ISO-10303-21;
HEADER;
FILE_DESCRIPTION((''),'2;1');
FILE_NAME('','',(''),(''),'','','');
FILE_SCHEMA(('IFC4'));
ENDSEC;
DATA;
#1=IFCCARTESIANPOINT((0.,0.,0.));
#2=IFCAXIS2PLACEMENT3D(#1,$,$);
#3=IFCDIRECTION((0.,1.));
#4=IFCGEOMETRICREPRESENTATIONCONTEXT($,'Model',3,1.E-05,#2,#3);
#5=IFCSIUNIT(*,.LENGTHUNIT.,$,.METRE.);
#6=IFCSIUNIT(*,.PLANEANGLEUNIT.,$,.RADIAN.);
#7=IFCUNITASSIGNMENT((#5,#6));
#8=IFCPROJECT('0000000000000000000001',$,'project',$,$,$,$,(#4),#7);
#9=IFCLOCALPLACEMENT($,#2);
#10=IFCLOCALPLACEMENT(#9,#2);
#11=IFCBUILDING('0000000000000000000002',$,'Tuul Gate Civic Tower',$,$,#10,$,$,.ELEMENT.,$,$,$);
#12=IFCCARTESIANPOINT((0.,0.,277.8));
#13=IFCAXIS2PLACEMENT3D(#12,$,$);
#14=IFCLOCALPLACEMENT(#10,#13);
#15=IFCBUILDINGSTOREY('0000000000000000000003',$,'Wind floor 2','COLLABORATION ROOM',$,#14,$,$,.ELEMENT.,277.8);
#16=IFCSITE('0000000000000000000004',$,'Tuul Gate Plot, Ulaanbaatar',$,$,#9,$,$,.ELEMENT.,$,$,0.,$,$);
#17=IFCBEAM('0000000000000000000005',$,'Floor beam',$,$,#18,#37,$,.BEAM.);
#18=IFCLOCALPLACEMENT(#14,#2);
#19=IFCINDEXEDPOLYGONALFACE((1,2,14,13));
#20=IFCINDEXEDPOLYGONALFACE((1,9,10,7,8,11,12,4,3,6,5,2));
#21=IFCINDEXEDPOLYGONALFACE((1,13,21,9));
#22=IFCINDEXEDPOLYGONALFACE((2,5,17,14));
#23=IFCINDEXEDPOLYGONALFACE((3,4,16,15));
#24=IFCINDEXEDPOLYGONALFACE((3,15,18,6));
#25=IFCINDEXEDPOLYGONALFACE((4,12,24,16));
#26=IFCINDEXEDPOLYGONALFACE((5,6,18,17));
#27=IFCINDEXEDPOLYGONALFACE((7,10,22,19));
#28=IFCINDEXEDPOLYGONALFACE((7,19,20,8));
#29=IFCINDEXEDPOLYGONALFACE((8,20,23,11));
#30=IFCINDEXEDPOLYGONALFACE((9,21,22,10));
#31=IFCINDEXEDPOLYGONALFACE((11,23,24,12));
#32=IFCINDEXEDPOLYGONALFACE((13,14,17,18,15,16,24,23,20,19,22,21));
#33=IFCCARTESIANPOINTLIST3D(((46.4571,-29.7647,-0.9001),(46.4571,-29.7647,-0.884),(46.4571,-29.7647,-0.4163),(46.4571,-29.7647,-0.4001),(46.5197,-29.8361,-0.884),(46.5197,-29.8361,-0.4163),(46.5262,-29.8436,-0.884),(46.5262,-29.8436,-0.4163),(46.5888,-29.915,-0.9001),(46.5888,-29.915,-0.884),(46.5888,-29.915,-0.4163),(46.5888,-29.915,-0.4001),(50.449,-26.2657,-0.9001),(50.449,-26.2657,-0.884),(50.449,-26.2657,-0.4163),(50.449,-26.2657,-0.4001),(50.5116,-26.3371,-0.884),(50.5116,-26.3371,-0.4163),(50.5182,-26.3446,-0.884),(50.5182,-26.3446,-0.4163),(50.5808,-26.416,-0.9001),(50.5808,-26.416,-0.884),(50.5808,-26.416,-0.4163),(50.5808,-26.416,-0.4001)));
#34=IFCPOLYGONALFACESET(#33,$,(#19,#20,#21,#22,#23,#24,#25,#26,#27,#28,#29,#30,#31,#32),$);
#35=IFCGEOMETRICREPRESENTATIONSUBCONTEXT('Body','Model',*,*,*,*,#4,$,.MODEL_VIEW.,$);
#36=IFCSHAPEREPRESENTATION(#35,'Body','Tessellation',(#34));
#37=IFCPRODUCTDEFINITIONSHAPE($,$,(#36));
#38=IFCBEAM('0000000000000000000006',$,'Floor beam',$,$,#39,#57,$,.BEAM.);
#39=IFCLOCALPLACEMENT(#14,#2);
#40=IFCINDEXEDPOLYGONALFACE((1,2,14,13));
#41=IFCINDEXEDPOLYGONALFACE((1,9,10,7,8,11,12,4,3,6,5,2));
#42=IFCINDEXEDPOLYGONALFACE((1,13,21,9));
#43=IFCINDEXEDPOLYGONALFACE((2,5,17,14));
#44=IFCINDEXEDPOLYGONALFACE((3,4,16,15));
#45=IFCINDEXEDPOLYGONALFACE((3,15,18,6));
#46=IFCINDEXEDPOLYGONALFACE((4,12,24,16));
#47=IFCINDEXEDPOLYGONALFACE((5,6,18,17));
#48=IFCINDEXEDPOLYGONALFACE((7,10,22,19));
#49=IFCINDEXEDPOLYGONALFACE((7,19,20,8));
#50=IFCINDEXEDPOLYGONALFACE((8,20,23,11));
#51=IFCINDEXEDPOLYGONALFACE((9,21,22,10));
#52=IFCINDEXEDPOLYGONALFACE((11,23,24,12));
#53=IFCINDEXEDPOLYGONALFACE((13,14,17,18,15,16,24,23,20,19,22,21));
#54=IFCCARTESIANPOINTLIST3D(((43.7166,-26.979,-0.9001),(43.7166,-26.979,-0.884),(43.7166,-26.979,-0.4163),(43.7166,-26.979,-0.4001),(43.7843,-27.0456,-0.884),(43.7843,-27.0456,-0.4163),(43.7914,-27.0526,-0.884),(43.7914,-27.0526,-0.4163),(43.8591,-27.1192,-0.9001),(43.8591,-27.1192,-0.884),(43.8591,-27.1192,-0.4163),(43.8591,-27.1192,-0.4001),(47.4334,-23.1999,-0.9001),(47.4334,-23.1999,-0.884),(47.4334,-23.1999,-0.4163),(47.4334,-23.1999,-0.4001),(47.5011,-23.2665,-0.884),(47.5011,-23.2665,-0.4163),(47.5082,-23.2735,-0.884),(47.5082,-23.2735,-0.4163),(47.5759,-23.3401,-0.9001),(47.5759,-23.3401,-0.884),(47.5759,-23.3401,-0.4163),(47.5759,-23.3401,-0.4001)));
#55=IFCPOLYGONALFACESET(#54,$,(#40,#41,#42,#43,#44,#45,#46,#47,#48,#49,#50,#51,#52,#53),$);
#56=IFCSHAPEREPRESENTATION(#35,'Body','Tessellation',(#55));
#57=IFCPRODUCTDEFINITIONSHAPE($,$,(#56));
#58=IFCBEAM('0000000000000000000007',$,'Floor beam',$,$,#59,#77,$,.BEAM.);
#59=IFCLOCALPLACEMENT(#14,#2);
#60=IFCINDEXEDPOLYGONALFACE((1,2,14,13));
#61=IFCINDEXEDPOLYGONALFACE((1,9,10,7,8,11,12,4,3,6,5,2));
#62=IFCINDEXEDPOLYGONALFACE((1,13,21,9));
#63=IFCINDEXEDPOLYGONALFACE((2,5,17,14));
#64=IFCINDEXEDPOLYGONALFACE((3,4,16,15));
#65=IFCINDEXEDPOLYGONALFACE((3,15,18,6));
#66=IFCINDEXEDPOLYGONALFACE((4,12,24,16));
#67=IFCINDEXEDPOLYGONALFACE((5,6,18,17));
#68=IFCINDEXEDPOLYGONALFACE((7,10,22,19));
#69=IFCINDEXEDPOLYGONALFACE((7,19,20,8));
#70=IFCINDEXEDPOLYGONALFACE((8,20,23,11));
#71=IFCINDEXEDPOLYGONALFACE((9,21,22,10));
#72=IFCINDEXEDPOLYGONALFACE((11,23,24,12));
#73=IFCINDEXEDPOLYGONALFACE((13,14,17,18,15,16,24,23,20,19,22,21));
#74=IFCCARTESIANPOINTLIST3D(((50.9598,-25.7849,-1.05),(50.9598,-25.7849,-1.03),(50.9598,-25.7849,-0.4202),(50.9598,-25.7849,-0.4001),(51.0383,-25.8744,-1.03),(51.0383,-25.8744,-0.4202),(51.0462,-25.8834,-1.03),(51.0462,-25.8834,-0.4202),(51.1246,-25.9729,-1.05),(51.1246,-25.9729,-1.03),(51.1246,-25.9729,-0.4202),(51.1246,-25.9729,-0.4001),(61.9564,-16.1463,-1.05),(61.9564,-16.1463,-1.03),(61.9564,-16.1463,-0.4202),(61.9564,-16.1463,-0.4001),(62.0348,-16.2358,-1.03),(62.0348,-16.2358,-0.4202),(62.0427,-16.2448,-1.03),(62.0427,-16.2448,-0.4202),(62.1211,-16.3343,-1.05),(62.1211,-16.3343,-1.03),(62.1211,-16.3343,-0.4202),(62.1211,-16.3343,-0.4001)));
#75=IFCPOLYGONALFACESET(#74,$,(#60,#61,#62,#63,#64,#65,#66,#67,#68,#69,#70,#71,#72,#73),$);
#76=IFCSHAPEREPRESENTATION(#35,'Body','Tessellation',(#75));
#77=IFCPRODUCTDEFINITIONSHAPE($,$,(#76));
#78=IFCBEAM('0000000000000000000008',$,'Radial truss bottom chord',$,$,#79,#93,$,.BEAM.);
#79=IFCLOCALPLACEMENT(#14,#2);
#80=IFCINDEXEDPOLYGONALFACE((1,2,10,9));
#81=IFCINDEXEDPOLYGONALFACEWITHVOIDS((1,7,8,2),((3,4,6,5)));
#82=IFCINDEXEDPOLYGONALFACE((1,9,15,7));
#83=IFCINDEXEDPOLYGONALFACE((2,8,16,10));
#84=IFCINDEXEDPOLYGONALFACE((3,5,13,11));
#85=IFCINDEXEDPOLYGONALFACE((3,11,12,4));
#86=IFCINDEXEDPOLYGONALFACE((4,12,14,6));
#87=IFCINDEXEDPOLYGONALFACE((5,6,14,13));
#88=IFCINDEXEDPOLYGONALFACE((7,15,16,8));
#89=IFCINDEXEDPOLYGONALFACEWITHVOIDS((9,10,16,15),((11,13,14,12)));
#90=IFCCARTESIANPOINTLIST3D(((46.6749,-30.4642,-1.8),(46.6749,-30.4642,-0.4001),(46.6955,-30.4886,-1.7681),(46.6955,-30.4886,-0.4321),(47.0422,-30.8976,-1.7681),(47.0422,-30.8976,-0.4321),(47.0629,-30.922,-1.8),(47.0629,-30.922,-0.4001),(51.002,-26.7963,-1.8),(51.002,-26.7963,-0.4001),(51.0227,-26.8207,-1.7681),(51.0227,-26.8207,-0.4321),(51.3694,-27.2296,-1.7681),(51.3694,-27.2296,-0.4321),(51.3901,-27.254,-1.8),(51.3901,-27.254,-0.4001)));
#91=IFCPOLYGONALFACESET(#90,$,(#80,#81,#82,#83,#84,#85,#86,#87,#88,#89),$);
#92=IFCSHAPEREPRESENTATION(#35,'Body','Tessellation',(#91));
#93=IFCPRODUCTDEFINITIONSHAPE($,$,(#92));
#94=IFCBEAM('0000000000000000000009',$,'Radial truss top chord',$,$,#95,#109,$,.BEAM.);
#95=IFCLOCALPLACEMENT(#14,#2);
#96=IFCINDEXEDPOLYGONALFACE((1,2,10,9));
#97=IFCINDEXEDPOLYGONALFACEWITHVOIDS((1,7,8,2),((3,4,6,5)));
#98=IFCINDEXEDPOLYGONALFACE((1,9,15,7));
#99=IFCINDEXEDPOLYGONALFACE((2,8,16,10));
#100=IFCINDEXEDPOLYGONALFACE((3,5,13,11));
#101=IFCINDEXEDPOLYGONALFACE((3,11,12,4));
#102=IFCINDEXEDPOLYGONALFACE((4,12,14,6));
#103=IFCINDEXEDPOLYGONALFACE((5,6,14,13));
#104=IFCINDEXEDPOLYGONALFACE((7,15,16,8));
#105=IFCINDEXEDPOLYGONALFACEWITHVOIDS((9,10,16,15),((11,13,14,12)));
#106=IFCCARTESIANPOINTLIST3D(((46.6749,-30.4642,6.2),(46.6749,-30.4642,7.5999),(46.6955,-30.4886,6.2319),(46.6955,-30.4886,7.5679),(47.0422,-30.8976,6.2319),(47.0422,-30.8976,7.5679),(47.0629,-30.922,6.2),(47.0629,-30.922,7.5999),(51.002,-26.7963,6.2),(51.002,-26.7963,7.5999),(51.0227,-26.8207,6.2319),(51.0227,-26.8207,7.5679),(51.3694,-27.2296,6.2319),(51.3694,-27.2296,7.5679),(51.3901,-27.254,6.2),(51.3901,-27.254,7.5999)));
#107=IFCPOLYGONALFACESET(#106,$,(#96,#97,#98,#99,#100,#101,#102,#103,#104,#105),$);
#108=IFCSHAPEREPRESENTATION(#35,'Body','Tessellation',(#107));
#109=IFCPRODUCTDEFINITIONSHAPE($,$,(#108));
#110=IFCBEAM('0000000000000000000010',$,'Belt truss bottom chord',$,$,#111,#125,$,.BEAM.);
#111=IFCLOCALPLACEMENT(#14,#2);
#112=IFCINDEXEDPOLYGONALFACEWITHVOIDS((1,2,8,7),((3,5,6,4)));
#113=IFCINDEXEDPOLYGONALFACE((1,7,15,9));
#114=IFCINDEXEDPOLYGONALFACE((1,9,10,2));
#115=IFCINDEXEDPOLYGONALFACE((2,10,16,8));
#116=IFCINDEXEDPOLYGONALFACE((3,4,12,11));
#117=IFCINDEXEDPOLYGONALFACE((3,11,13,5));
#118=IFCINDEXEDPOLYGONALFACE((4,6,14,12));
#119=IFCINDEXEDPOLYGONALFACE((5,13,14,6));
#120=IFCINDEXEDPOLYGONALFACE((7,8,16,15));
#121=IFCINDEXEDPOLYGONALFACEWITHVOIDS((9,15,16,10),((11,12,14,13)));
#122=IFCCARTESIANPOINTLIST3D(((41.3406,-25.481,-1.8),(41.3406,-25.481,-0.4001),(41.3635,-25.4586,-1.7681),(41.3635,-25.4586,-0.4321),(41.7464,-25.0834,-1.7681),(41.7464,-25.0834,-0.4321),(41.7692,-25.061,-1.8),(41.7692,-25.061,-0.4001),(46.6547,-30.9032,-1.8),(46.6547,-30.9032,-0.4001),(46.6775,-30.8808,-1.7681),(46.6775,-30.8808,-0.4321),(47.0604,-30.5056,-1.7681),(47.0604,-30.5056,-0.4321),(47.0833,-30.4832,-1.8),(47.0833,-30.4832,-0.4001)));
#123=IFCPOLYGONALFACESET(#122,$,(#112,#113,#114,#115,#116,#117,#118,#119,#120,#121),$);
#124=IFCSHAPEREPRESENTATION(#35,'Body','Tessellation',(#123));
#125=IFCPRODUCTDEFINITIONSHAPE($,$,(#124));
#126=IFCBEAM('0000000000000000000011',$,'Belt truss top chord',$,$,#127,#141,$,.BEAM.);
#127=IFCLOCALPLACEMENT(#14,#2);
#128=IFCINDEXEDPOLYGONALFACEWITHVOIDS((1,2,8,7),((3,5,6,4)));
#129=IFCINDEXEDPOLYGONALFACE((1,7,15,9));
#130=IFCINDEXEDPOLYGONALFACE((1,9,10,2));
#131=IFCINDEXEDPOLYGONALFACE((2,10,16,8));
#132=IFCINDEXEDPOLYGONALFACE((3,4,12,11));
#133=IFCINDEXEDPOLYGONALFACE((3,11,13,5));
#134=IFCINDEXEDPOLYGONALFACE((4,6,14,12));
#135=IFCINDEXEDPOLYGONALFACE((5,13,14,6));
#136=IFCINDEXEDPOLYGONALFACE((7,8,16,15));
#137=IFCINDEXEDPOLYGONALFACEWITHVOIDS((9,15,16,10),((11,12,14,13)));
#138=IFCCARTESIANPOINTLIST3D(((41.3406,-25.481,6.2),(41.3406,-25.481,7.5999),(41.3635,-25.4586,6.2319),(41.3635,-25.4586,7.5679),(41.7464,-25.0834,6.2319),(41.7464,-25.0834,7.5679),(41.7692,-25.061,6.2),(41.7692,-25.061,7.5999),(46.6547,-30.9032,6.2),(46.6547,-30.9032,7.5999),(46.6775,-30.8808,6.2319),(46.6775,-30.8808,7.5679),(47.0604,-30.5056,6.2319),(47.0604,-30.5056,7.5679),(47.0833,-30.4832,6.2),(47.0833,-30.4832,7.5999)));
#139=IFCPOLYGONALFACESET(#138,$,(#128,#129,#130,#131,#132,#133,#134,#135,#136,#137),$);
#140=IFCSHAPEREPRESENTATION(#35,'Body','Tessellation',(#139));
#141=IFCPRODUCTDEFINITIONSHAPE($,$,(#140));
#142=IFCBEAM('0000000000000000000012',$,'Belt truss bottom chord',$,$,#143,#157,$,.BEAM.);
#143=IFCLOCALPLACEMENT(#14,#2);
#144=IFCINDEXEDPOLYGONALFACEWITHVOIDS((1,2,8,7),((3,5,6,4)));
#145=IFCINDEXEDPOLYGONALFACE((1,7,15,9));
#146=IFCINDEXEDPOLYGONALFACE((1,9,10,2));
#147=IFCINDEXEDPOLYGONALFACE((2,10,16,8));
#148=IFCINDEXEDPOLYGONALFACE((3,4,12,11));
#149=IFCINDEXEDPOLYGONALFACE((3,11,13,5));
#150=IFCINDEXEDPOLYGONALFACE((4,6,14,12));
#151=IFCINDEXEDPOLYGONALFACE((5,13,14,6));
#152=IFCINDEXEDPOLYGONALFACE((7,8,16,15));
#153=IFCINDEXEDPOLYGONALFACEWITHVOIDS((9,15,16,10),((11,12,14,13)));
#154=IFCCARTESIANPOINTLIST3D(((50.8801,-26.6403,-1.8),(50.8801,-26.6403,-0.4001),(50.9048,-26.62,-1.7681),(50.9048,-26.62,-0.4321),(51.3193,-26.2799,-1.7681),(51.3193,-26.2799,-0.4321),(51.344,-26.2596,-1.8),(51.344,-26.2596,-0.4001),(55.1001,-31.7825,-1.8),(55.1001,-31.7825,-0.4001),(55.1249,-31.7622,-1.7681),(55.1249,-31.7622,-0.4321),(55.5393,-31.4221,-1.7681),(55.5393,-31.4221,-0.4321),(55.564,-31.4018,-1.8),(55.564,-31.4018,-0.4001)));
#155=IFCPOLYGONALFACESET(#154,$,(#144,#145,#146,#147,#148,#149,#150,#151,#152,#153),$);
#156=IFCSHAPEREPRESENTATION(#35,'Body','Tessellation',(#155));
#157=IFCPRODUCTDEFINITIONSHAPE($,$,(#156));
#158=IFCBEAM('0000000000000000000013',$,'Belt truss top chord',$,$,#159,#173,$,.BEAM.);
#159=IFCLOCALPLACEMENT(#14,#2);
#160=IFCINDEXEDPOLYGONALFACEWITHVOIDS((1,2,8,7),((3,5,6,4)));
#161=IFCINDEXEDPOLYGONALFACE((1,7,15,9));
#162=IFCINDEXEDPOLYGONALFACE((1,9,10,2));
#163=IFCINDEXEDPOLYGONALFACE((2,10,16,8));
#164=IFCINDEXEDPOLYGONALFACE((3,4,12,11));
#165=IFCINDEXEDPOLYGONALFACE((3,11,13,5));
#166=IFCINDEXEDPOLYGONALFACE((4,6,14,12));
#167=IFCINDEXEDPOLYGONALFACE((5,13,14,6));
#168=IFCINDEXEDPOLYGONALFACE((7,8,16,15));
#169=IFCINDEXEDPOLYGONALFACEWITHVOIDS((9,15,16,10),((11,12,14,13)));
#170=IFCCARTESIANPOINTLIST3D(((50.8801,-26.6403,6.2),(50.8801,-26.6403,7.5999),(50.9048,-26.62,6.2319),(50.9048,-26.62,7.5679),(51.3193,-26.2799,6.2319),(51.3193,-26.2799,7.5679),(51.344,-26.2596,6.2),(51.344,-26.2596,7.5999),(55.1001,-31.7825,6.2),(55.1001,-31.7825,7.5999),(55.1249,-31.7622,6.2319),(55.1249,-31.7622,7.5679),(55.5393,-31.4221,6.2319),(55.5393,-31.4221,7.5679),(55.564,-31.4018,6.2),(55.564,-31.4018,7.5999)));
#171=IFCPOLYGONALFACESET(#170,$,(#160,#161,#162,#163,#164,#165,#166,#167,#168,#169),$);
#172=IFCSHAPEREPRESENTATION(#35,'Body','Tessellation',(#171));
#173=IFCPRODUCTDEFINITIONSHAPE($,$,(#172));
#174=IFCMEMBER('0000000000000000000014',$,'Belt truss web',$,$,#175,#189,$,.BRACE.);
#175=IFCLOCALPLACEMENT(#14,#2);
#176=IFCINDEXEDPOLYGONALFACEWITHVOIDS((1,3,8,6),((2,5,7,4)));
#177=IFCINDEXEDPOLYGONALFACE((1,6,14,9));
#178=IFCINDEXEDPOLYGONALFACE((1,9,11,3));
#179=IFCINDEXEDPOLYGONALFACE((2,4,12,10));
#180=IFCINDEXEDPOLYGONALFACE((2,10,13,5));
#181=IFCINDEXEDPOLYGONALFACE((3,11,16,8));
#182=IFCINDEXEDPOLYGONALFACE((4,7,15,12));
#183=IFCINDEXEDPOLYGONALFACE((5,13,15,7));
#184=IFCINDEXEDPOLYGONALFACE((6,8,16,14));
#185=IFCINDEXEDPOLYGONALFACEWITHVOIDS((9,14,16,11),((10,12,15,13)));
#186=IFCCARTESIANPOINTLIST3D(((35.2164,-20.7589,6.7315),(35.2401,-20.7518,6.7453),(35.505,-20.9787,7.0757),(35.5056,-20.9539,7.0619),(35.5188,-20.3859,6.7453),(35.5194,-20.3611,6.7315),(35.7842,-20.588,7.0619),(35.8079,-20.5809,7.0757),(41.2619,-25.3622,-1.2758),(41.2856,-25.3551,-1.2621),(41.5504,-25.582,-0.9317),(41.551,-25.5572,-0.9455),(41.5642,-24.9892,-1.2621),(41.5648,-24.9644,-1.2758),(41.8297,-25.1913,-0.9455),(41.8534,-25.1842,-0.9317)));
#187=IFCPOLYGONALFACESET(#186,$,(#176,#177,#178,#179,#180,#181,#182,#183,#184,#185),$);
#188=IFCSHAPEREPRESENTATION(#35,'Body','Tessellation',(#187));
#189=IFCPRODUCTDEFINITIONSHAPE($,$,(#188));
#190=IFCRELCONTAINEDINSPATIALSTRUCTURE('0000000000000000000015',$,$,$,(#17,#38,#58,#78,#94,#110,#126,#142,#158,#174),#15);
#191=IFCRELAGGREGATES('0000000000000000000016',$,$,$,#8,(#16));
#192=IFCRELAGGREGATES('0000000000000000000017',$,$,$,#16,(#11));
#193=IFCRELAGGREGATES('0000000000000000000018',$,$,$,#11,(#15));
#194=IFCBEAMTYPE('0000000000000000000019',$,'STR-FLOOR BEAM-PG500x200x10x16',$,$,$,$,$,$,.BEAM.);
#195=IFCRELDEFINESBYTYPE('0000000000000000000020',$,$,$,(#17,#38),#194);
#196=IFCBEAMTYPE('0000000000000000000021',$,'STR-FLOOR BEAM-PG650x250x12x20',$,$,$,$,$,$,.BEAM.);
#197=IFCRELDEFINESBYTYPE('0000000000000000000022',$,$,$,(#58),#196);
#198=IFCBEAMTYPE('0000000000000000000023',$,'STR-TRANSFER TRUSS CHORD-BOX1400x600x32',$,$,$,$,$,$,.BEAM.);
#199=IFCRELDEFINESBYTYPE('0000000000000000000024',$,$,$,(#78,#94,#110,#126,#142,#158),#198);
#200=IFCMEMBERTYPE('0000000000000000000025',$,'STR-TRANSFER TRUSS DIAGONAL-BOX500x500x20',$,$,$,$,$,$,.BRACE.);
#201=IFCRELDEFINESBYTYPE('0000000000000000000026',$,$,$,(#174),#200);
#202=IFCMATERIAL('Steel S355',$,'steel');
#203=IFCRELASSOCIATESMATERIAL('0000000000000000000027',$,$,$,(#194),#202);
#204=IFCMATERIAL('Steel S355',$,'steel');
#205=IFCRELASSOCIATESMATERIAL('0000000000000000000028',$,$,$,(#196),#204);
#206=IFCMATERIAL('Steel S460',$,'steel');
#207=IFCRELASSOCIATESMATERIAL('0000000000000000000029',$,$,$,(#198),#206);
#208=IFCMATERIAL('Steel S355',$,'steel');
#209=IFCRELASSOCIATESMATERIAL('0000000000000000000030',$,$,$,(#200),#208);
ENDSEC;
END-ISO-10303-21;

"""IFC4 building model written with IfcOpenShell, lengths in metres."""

from ifc_helpers import new_model, si_unit, direction, frame, origin, origin_2d, place, context, subcontext, project, spatial, hollow_rectangle, i_section, extrude, material, material_profile, profile_set, type_object, element, save


model = new_model("IFC4")

# Units and contexts
model_context = context("Model", 3, precision=1e-05, world=origin(), true_north=direction((0.0, 1.0)))
body_context = subcontext(model_context, "Body", "Model", "MODEL_VIEW")
ifc_project = project(units=[si_unit("LENGTHUNIT", "METRE"), si_unit("PLANEANGLEUNIT", "RADIAN")], contexts=[model_context])

# Site, building, storey
site_placement = place(None, origin())
site = spatial("IfcSite", under=ifc_project, at=site_placement, Name="Tuul Gate Plot, Ulaanbaatar", CompositionType="ELEMENT", RefElevation=0.0)
building_placement = place(site_placement, origin())
building = spatial("IfcBuilding", under=site, at=building_placement, Name="Tuul Gate Civic Tower", CompositionType="ELEMENT")
storey_placement = place(building_placement, frame((0.0, 0.0, 277.8)))
storey = spatial("IfcBuildingStorey", under=building, at=storey_placement, Name="Wind floor 2", Description="COLLABORATION ROOM", CompositionType="ELEMENT", Elevation=277.8)

# Beams
ifc_material_1 = material(Name="Steel S355", Category="steel")
ifc_material_profile_1 = material_profile(ifc_material_1, i_section(OverallWidth=0.2, OverallDepth=0.5, WebThickness=0.01, FlangeThickness=0.0161, at=origin_2d()), Name="PG500x200x10x16")
ifc_profile_set_1 = profile_set([ifc_material_profile_1], Name="Steel S355")
beam_type_1 = type_object("IfcBeamType", Name="STR-FLOOR BEAM-PG500x200x10x16", PredefinedType="BEAM", material=ifc_profile_set_1)
beam_1_placement = place(storey_placement, frame((46.5229, -29.8398, -0.6501), z_axis=(0.752009, 0.659152, 0.0), x_axis=(-0.659152, 0.752009, 0.0)))
element("IfcBeam", 1, at=beam_1_placement, inside=storey, type_object=beam_type_1, Name="Floor beam", PredefinedType="BEAM", context=body_context, shape_type="SweptSolid", body=[
    extrude(i_section(OverallWidth=0.2, OverallDepth=0.5, WebThickness=0.01, FlangeThickness=0.0161, at=origin_2d()), origin(), (0.0, 0.0, 1.0), 5.3083),
])
beam_2_placement = place(storey_placement, frame((43.7878, -27.0491, -0.6501), z_axis=(0.70121, 0.712955, 0.0), x_axis=(-0.712955, 0.70121, 0.0)))
element("IfcBeam", 2, at=beam_2_placement, inside=storey, type_object=beam_type_1, Name="Floor beam", PredefinedType="BEAM", context=body_context, shape_type="SweptSolid", body=[
    extrude(i_section(OverallWidth=0.2, OverallDepth=0.5, WebThickness=0.01, FlangeThickness=0.0161, at=origin_2d()), origin(), (0.0, 0.0, 1.0), 5.3005),
])
ifc_material_2 = material(Name="Steel S355", Category="steel")
ifc_material_profile_2 = material_profile(ifc_material_2, i_section(OverallWidth=0.25, OverallDepth=0.6499, WebThickness=0.012, FlangeThickness=0.02, at=origin_2d()), Name="PG650x250x12x20")
ifc_profile_set_2 = profile_set([ifc_material_profile_2], Name="Steel S355")
beam_type_2 = type_object("IfcBeamType", Name="STR-FLOOR BEAM-PG650x250x12x20", PredefinedType="BEAM", material=ifc_profile_set_2)
beam_3_placement = place(storey_placement, frame((51.0422, -25.8789, -0.7251), z_axis=(0.752012, 0.65915, 0.0), x_axis=(-0.65915, 0.752012, 0.0)))
element("IfcBeam", 3, at=beam_3_placement, inside=storey, type_object=beam_type_2, Name="Floor beam", PredefinedType="BEAM", context=body_context, shape_type="SweptSolid", body=[
    extrude(i_section(OverallWidth=0.25, OverallDepth=0.6499, WebThickness=0.012, FlangeThickness=0.02, at=origin_2d()), origin(), (0.0, 0.0, 1.0), 14.6228),
])
ifc_material_3 = material(Name="Steel S460", Category="steel")
ifc_material_profile_3 = material_profile(ifc_material_3, hollow_rectangle(XDim=0.6001, YDim=1.3999, WallThickness=0.032, at=origin_2d()), Name="BOX1400x600x32")
ifc_profile_set_3 = profile_set([ifc_material_profile_3], Name="Steel S460")
beam_type_3 = type_object("IfcBeamType", Name="STR-TRANSFER TRUSS CHORD-BOX1400x600x32", PredefinedType="BEAM", material=ifc_profile_set_3)
for number, where, z_axis, x_axis, name in (
    (4, (51.196, -27.0251, -1.1001), (-0.762818, -0.646613, 0.0), (0.646613, -0.762818, 0.0), "Radial truss bottom chord"),
    (5, (51.196, -27.0251, 6.8999), (-0.762818, -0.646613, 0.0), (0.646613, -0.762818, 0.0), "Radial truss top chord"),
):
    element("IfcBeam", number, at=place(storey_placement, frame(where, z_axis=z_axis, x_axis=x_axis)), inside=storey, type_object=beam_type_3, Name=name, PredefinedType="BEAM", context=body_context, shape_type="SweptSolid", body=[
        extrude(hollow_rectangle(XDim=0.6001, YDim=1.3999, WallThickness=0.032, at=origin_2d()), origin(), (0.0, 0.0, 1.0), 5.6726),
    ])
for number, where, z_axis, x_axis, name in (
    (6, (41.5549, -25.271, -1.1001), (0.699948, -0.714194, 0.0), (0.714194, 0.699948, 0.0), "Belt truss bottom chord"),
    (7, (41.5549, -25.271, 6.8999), (0.699948, -0.714194, 0.0), (0.714194, 0.699948, 0.0), "Belt truss top chord"),
):
    element("IfcBeam", number, at=place(storey_placement, frame(where, z_axis=z_axis, x_axis=x_axis)), inside=storey, type_object=beam_type_3, Name=name, PredefinedType="BEAM", context=body_context, shape_type="SweptSolid", body=[
        extrude(hollow_rectangle(XDim=0.6001, YDim=1.3999, WallThickness=0.032, at=origin_2d()), origin(), (0.0, 0.0, 1.0), 7.592),
    ])
for number, where, z_axis, x_axis, name in (
    (8, (51.1121, -26.45, -1.1001), (0.63439, -0.773013, 0.0), (0.773013, 0.63439, 0.0), "Belt truss bottom chord"),
    (9, (51.1121, -26.45, 6.8999), (0.63439, -0.773013, 0.0), (0.773013, 0.63439, 0.0), "Belt truss top chord"),
):
    element("IfcBeam", number, at=place(storey_placement, frame(where, z_axis=z_axis, x_axis=x_axis)), inside=storey, type_object=beam_type_3, Name=name, PredefinedType="BEAM", context=body_context, shape_type="SweptSolid", body=[
        extrude(hollow_rectangle(XDim=0.6001, YDim=1.3999, WallThickness=0.032, at=origin_2d()), origin(), (0.0, 0.0, 1.0), 6.6521),
    ])

# Member
ifc_material_4 = material(Name="Steel S355", Category="steel")
ifc_material_profile_4 = material_profile(ifc_material_4, hollow_rectangle(XDim=0.5, YDim=0.5, WallThickness=0.02, at=origin_2d()), Name="BOX500x500x20")
ifc_profile_set_4 = profile_set([ifc_material_profile_4], Name="Steel S355")
member_type_1 = type_object("IfcMemberType", Name="STR-TRANSFER TRUSS DIAGONAL-BOX500x500x20", PredefinedType="BRACE", material=ifc_profile_set_4)
member_1_placement = place(storey_placement, frame((41.5576, -25.2732, -1.1038), z_axis=(-0.547653, 0.41701, 0.725382), x_axis=(-0.605814, -0.795606, 0.0)))
element("IfcMember", 10, at=member_1_placement, inside=storey, type_object=member_type_1, Name="Belt truss web", PredefinedType="BRACE", context=body_context, shape_type="SweptSolid", body=[
    extrude(hollow_rectangle(XDim=0.5, YDim=0.5, WallThickness=0.02, at=origin_2d()), origin(), (0.0, 0.0, 1.0), 11.0388),
])

save(model, "model.ifc")
